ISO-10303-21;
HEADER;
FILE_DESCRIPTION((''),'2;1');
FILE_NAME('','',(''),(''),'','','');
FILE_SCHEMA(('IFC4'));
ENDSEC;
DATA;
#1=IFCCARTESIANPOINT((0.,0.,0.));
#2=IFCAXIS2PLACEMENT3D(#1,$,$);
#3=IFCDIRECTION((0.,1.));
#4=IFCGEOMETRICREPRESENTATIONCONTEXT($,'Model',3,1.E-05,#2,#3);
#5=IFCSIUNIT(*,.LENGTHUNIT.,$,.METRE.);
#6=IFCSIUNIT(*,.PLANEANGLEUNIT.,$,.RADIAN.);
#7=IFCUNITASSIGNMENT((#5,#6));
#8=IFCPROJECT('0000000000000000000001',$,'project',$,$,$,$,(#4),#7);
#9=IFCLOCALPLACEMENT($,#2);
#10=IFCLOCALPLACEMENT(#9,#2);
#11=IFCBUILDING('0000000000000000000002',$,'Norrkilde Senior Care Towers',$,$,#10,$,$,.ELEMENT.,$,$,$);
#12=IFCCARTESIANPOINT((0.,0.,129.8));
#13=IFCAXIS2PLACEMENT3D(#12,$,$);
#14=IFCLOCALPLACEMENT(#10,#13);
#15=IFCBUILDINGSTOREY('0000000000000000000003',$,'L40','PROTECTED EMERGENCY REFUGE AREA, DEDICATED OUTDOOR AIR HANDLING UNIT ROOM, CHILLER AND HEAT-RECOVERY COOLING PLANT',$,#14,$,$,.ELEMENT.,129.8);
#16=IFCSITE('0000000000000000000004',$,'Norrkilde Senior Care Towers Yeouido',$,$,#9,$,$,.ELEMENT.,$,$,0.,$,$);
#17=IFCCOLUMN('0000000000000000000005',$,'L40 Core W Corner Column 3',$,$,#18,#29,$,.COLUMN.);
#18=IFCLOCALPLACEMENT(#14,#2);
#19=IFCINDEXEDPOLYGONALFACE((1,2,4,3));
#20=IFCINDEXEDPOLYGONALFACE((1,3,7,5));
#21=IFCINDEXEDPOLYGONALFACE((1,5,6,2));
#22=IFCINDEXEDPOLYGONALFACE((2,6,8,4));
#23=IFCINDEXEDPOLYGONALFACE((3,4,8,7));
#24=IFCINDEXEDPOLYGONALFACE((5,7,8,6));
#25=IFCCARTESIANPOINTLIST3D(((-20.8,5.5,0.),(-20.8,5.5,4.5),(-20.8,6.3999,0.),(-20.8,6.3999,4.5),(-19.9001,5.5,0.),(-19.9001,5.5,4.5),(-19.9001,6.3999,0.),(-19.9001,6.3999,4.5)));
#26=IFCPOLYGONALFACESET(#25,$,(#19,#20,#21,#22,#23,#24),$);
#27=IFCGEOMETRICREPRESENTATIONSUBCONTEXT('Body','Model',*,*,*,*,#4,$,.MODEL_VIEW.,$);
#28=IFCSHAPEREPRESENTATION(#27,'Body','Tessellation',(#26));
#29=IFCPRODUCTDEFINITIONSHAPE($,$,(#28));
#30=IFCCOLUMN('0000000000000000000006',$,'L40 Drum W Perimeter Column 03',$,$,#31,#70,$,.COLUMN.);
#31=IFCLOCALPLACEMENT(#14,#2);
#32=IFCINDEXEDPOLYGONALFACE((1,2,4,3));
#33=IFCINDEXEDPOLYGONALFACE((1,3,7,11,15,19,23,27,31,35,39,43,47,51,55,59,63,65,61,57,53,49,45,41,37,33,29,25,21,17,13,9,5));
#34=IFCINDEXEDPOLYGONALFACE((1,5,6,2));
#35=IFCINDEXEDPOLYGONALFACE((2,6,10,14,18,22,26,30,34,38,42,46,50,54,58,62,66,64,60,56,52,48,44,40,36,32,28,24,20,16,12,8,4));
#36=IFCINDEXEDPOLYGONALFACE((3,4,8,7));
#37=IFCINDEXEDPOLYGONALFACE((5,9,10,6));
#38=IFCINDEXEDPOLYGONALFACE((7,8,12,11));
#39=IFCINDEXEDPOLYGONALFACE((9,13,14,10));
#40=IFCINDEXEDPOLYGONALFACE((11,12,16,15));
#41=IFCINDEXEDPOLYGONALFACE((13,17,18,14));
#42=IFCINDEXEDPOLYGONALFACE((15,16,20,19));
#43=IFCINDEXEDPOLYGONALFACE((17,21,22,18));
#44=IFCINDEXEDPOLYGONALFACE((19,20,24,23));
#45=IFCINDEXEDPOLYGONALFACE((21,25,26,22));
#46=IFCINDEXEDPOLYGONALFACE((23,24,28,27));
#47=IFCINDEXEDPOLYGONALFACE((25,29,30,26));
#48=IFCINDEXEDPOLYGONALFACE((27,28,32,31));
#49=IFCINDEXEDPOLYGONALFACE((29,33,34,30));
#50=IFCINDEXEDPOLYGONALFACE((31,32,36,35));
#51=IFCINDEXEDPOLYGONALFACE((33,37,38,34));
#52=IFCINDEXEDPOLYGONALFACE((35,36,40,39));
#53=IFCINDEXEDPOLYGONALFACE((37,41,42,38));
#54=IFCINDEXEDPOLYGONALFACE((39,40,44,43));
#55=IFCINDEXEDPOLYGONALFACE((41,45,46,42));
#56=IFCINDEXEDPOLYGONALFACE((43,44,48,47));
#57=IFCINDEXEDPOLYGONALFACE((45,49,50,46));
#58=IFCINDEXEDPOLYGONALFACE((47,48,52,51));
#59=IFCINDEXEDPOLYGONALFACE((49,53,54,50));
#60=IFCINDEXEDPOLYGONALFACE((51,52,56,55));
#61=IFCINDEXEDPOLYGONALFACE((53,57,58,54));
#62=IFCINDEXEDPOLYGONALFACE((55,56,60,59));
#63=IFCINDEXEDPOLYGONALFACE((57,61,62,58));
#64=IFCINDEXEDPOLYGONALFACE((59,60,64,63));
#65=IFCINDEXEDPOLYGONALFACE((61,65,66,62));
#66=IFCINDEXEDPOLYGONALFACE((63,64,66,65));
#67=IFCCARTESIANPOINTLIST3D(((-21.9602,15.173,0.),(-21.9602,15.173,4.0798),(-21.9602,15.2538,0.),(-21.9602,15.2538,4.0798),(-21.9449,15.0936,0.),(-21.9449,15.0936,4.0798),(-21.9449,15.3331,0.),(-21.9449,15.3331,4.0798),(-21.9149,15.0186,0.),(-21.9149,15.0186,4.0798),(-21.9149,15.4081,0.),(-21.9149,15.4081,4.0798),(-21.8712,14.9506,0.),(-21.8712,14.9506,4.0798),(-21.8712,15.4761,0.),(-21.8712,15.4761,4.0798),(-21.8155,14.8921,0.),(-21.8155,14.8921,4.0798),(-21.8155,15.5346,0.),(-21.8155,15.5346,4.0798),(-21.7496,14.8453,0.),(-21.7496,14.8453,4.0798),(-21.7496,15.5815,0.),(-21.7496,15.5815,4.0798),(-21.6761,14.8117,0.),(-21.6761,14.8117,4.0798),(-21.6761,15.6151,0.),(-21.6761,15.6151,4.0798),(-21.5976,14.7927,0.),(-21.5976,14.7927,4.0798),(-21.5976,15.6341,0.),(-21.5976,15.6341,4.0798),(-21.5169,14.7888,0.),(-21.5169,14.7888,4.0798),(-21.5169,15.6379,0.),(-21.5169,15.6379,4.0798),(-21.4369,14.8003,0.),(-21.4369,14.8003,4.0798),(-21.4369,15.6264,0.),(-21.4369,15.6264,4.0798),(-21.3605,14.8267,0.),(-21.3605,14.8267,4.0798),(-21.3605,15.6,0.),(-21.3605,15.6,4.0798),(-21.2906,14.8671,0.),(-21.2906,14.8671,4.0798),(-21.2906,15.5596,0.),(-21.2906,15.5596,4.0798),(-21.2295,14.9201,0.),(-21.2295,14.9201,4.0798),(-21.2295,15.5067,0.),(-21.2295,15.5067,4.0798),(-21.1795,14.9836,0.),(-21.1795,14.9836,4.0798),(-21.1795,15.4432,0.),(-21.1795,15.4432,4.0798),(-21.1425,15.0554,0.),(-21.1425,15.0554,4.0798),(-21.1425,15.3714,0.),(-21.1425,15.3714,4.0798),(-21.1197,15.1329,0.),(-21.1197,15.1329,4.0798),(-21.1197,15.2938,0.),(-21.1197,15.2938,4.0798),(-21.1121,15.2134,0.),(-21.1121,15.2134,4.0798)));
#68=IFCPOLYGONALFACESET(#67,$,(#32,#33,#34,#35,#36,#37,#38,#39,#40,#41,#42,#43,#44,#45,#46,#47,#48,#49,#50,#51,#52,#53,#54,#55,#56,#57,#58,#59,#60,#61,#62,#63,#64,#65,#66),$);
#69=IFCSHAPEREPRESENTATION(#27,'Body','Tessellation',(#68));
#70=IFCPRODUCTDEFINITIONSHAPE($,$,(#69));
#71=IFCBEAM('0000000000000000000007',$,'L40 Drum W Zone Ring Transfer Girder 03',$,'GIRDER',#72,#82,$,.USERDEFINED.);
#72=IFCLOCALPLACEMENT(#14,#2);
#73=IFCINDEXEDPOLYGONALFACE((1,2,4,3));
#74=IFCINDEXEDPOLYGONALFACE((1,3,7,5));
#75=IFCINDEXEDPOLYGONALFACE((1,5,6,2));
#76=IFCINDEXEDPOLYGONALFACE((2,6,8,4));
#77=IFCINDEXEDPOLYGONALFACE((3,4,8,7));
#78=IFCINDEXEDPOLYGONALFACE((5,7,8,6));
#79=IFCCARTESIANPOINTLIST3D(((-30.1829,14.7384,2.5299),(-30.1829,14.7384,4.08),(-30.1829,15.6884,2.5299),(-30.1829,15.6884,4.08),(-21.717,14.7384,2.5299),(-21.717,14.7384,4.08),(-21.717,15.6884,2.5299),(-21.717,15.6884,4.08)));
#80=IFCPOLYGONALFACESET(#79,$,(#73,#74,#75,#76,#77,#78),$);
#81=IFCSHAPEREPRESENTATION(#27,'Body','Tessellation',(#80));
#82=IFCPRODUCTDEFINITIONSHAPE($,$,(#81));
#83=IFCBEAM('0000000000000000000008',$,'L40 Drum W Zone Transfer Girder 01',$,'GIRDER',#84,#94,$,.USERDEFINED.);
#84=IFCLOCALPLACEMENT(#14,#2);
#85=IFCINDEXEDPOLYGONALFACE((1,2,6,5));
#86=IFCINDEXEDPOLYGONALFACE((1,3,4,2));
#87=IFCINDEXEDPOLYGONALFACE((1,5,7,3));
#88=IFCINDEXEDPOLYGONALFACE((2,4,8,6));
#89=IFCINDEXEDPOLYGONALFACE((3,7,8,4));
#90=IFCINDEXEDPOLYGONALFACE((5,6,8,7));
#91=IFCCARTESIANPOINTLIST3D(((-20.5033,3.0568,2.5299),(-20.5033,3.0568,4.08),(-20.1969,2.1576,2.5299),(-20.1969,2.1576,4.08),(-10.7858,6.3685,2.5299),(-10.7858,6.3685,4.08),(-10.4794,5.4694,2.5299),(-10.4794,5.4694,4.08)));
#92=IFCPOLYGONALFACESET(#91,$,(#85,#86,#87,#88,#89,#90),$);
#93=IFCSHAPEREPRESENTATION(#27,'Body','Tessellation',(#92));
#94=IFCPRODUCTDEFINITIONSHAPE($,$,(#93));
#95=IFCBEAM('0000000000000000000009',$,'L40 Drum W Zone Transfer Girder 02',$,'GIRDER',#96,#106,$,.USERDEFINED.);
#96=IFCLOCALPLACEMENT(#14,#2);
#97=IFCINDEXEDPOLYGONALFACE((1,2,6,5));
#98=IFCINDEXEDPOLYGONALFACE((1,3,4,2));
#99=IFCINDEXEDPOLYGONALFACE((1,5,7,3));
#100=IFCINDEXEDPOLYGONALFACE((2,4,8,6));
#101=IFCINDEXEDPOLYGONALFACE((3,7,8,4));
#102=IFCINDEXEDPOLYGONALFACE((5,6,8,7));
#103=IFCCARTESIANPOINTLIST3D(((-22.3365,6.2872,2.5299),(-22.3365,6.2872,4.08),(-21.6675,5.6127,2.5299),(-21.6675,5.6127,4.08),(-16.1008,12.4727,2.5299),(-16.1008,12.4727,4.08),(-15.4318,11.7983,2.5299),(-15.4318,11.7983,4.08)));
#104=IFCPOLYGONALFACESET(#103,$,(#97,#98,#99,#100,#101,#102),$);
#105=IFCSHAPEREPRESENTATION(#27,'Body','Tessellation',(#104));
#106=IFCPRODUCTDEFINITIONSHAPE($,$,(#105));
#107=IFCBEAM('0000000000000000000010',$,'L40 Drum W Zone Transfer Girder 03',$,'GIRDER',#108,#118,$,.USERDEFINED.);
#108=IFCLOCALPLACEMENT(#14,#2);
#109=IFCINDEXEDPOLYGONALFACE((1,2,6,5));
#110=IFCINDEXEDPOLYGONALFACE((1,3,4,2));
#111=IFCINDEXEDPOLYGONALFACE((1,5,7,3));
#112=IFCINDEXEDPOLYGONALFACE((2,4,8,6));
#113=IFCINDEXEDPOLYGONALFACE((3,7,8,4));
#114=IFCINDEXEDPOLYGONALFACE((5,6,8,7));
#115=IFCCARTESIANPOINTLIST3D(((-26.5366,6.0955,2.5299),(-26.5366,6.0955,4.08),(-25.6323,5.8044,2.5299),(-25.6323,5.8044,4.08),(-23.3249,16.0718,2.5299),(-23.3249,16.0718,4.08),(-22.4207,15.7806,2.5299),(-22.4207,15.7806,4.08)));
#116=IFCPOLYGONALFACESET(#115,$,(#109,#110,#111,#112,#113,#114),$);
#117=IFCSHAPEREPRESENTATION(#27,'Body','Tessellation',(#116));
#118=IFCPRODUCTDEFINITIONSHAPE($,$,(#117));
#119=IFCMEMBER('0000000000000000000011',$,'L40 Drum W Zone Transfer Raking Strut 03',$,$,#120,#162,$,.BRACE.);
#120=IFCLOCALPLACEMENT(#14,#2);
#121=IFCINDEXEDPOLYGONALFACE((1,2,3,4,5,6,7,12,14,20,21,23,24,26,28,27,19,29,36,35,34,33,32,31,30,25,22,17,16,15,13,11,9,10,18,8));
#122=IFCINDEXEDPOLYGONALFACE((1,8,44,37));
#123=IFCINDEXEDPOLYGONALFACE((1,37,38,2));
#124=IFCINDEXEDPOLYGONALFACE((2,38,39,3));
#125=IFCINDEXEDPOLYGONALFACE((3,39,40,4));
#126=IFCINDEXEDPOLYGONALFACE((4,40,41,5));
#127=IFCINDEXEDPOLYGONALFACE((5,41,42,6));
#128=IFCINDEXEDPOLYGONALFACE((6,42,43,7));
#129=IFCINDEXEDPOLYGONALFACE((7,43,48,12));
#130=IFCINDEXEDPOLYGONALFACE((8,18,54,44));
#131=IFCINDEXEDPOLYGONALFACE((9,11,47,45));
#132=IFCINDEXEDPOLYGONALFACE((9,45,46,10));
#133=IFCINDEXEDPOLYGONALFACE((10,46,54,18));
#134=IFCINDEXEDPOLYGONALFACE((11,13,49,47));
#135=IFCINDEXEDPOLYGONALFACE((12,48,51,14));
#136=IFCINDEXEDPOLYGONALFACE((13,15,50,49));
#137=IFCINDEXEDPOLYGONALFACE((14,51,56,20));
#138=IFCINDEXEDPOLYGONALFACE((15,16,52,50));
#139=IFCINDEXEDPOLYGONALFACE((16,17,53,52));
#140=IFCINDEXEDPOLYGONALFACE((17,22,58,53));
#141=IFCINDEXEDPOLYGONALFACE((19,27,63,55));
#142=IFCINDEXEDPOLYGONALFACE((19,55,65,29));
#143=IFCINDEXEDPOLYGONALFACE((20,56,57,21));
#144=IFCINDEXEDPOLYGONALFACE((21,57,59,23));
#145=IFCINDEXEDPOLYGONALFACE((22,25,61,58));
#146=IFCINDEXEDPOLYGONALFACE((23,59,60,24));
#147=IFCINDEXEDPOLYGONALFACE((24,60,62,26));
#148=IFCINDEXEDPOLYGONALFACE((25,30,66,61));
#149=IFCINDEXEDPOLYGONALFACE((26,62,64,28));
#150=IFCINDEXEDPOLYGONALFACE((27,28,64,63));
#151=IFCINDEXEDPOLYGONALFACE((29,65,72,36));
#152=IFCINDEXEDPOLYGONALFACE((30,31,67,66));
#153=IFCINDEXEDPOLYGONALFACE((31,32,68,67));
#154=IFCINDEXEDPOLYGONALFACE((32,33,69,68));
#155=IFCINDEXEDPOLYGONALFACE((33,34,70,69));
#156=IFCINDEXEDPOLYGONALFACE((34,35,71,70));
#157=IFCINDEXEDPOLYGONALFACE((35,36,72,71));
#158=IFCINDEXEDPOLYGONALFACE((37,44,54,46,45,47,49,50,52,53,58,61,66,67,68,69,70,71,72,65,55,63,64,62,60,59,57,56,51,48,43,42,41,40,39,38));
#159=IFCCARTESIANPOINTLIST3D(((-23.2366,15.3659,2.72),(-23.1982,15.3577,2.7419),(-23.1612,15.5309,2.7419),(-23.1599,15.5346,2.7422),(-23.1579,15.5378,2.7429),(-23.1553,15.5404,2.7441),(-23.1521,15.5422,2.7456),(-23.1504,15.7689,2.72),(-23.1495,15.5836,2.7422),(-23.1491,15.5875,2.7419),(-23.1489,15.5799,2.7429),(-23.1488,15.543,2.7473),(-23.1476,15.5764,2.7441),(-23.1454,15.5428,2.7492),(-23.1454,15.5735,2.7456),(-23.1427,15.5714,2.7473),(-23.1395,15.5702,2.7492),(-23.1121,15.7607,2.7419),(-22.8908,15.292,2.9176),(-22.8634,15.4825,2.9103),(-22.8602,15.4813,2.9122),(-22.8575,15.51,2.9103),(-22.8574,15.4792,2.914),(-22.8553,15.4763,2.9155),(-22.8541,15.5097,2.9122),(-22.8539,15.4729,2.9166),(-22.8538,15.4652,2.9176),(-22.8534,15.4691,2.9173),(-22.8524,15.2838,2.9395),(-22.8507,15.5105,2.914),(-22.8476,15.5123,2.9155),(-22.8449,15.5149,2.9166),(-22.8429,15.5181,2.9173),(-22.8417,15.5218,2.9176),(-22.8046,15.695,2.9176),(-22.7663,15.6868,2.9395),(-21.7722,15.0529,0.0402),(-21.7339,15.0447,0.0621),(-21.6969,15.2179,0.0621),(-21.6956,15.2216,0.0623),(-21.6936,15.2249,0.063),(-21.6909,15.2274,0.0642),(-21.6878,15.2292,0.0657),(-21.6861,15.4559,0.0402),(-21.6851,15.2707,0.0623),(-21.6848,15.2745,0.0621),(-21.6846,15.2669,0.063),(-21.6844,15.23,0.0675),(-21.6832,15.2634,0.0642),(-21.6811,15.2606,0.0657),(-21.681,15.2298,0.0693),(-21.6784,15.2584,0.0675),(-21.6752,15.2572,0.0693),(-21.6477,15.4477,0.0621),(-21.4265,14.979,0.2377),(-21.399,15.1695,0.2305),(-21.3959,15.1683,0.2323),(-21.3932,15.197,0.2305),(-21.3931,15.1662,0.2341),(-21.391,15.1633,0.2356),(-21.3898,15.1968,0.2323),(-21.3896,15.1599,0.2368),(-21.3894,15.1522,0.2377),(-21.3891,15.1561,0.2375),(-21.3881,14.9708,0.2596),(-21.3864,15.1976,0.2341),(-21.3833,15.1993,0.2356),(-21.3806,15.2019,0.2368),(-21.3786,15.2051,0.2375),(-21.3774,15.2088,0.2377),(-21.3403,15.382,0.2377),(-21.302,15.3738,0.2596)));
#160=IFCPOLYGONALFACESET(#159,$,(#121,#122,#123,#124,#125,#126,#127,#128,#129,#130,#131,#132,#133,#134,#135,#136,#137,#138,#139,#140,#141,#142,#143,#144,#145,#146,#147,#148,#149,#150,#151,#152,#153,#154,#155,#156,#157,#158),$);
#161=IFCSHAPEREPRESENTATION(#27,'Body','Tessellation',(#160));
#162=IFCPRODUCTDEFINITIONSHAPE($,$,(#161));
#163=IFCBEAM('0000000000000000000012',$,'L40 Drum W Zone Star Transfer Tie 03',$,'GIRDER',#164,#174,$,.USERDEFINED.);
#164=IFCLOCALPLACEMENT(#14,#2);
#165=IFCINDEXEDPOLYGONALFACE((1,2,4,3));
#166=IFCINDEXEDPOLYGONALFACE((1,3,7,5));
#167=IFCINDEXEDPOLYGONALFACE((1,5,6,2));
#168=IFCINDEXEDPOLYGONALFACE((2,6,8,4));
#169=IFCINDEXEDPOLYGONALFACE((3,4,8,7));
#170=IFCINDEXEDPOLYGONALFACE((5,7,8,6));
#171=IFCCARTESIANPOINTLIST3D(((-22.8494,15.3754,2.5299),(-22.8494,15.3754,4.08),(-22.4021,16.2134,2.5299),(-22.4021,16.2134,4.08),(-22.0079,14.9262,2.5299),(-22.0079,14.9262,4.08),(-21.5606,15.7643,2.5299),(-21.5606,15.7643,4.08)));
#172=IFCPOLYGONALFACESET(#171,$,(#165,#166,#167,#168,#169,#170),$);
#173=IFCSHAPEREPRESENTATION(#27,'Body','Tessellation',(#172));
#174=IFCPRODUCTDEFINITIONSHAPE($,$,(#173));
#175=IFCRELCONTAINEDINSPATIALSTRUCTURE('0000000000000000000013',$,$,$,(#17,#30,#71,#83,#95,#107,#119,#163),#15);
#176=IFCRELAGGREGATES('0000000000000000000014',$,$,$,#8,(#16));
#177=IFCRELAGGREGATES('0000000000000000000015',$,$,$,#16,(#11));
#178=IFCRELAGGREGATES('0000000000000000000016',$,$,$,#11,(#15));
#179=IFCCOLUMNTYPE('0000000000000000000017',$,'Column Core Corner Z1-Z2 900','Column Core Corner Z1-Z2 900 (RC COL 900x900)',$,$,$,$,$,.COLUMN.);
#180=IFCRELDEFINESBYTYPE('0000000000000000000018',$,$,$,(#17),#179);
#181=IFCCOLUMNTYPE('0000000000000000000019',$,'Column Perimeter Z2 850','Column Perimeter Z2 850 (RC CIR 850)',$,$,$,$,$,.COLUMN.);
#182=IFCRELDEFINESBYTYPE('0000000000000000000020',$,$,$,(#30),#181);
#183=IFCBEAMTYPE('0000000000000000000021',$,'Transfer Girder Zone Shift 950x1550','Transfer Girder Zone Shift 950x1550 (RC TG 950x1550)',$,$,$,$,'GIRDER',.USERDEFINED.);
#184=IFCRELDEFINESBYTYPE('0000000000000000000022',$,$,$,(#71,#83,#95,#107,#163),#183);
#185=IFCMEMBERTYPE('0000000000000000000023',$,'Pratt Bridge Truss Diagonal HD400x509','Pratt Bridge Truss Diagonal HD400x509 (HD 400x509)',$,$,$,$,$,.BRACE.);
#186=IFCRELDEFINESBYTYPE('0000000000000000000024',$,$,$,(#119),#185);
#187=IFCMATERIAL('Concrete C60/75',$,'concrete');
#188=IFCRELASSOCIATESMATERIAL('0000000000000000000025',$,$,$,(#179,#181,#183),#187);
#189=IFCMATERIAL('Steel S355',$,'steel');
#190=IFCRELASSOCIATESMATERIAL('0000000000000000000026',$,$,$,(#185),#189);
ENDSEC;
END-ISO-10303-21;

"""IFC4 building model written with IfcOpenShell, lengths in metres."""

from ifc_helpers import new_model, si_unit, direction, frame, origin, origin_2d, place, context, subcontext, project, spatial, rectangle, circle, i_section, extrude, source, transform, mapped, material, material_profile, profile_set, type_object, type_shapes, element, save


model = new_model("IFC4")

# Units and contexts
model_context = context("Model", 3, precision=1e-05, world=origin(), true_north=direction((0.0, 1.0)))
body_context = subcontext(model_context, "Body", "Model", "MODEL_VIEW")
ifc_project = project(units=[si_unit("LENGTHUNIT", "METRE"), si_unit("PLANEANGLEUNIT", "RADIAN")], contexts=[model_context])

# Site, building, storey
site_placement = place(None, origin())
site = spatial("IfcSite", under=ifc_project, at=site_placement, Name="Norrkilde Senior Care Towers Yeouido", CompositionType="ELEMENT", RefElevation=0.0)
building_placement = place(site_placement, origin())
building = spatial("IfcBuilding", under=site, at=building_placement, Name="Norrkilde Senior Care Towers", CompositionType="ELEMENT")
storey_placement = place(building_placement, frame((0.0, 0.0, 129.8)))
storey = spatial("IfcBuildingStorey", under=building, at=storey_placement, Name="L40", Description="PROTECTED EMERGENCY REFUGE AREA, DEDICATED OUTDOOR AIR HANDLING UNIT ROOM, CHILLER AND HEAT-RECOVERY COOLING PLANT", CompositionType="ELEMENT", Elevation=129.8)

# Columns
ifc_material_1 = material(Name="Concrete C60/75", Category="concrete")
ifc_material_profile_1 = material_profile(ifc_material_1, rectangle(XDim=0.8999, YDim=0.8999, at=origin_2d()), Name="RC COL 900x900")
ifc_profile_set_1 = profile_set([ifc_material_profile_1], Name="Concrete C60/75")
column_type_1 = type_object("IfcColumnType", Name="Column Core Corner Z1-Z2 900", Description="Column Core Corner Z1-Z2 900 (RC COL 900x900)", PredefinedType="COLUMN", material=ifc_profile_set_1)
shared_shape_1 = source(origin(), body_context, "Body", "SweptSolid", [
    extrude(rectangle(XDim=0.8999, YDim=0.8999, at=origin_2d()), origin(), (0.0, 0.0, 1.0), 4.5),
])
type_shapes(column_type_1, [shared_shape_1])
column_1_placement = place(storey_placement, frame((-20.3501, 5.95, 0.0), z_axis=(0.0, 0.0, 1.0), x_axis=(1.0, 0.0, 0.0)))
element("IfcColumn", 1, at=column_1_placement, inside=storey, type_object=column_type_1, Name="L40 Core W Corner Column 3", PredefinedType="COLUMN", context=body_context, shape_type="MappedRepresentation", body=[
    mapped(shared_shape_1, transform((0.0, 0.0, 0.0), x_axis=(1.0, 0.0, 0.0), y_axis=(0.0, 1.0, 0.0), z_axis=(0.0, 0.0, 1.0), scale=1.0)),
])
ifc_material_profile_2 = material_profile(ifc_material_1, circle(Radius=0.425, at=origin_2d()), Name="RC CIR 850")
ifc_profile_set_2 = profile_set([ifc_material_profile_2], Name="Concrete C60/75")
column_type_2 = type_object("IfcColumnType", Name="Column Perimeter Z2 850", Description="Column Perimeter Z2 850 (RC CIR 850)", PredefinedType="COLUMN", material=ifc_profile_set_2)
shared_shape_2 = source(origin(), body_context, "Body", "SweptSolid", [
    extrude(circle(Radius=0.425, at=origin_2d()), origin(), (0.0, 0.0, 1.0), 4.0798),
])
type_shapes(column_type_2, [shared_shape_2])
column_2_placement = place(storey_placement, frame((-21.5371, 15.2134, 0.0), z_axis=(0.0, 0.0, 1.0), x_axis=(1.0, 0.0, 0.0)))
element("IfcColumn", 2, at=column_2_placement, inside=storey, type_object=column_type_2, Name="L40 Drum W Perimeter Column 03", PredefinedType="COLUMN", context=body_context, shape_type="MappedRepresentation", body=[
    mapped(shared_shape_2, transform((0.0, 0.0, 0.0), x_axis=(1.0, 0.0, 0.0), y_axis=(0.0, 1.0, 0.0), z_axis=(0.0, 0.0, 1.0), scale=1.0)),
])

# Beams
ifc_material_profile_3 = material_profile(ifc_material_1, rectangle(XDim=0.95, YDim=1.55, at=origin_2d()), Name="RC TG 950x1550")
ifc_profile_set_3 = profile_set([ifc_material_profile_3], Name="Concrete C60/75")
beam_type = type_object("IfcBeamType", Name="Transfer Girder Zone Shift 950x1550", Description="Transfer Girder Zone Shift 950x1550 (RC TG 950x1550)", ElementType="GIRDER", PredefinedType="USERDEFINED", material=ifc_profile_set_3)
shared_shape_3 = source(origin(), body_context, "Body", "SweptSolid", [
    extrude(rectangle(XDim=0.95, YDim=1.55, at=origin_2d()), origin(), (0.0, 0.0, 1.0), 8.4658),
])
beam_1_placement = place(storey_placement, frame((-21.717, 15.2134, 3.3049), z_axis=(-1.0, 0.0, 0.0), x_axis=(0.0, -1.0, 0.0)))
element("IfcBeam", 3, at=beam_1_placement, inside=storey, type_object=beam_type, Name="L40 Drum W Zone Ring Transfer Girder 03", ObjectType="GIRDER", PredefinedType="USERDEFINED", context=body_context, shape_type="MappedRepresentation", body=[
    mapped(shared_shape_3, transform((0.0, 0.0, 0.0), x_axis=(1.0, 0.0, 0.0), y_axis=(0.0, 1.0, 0.0), z_axis=(0.0, 0.0, 1.0), scale=1.0)),
])
shared_shape_4 = source(origin(), body_context, "Body", "SweptSolid", [
    extrude(rectangle(XDim=0.95, YDim=1.55, at=origin_2d()), origin(), (0.0, 0.0, 1.0), 10.2664),
])
beam_2_placement = place(storey_placement, frame((-20.3501, 2.6072, 3.3049), z_axis=(0.946541, 0.322584, 0.0), x_axis=(-0.322584, 0.946541, 0.0)))
element("IfcBeam", 4, at=beam_2_placement, inside=storey, type_object=beam_type, Name="L40 Drum W Zone Transfer Girder 01", ObjectType="GIRDER", PredefinedType="USERDEFINED", context=body_context, shape_type="MappedRepresentation", body=[
    mapped(shared_shape_4, transform((0.0, 0.0, 0.0), x_axis=(1.0, 0.0, 0.0), y_axis=(0.0, 1.0, 0.0), z_axis=(0.0, 0.0, 1.0), scale=1.0)),
])
shared_shape_5 = source(origin(), body_context, "Body", "SweptSolid", [
    extrude(rectangle(XDim=0.95, YDim=1.55, at=origin_2d()), origin(), (0.0, 0.0, 1.0), 8.7832),
])
beam_3_placement = place(storey_placement, frame((-22.002, 5.95, 3.3049), z_axis=(0.70995, 0.704252, 0.0), x_axis=(-0.704252, 0.70995, 0.0)))
element("IfcBeam", 5, at=beam_3_placement, inside=storey, type_object=beam_type, Name="L40 Drum W Zone Transfer Girder 02", ObjectType="GIRDER", PredefinedType="USERDEFINED", context=body_context, shape_type="MappedRepresentation", body=[
    mapped(shared_shape_5, transform((0.0, 0.0, 0.0), x_axis=(1.0, 0.0, 0.0), y_axis=(0.0, 1.0, 0.0), z_axis=(0.0, 0.0, 1.0), scale=1.0)),
])
shared_shape_6 = source(origin(), body_context, "Body", "SweptSolid", [
    extrude(rectangle(XDim=0.95, YDim=1.55, at=origin_2d()), origin(), (0.0, 0.0, 1.0), 10.4805),
])
beam_4_placement = place(storey_placement, frame((-26.0845, 5.95, 3.3049), z_axis=(0.306441, 0.95189, 0.0), x_axis=(-0.95189, 0.306441, 0.0)))
element("IfcBeam", 6, at=beam_4_placement, inside=storey, type_object=beam_type, Name="L40 Drum W Zone Transfer Girder 03", ObjectType="GIRDER", PredefinedType="USERDEFINED", context=body_context, shape_type="MappedRepresentation", body=[
    mapped(shared_shape_6, transform((0.0, 0.0, 0.0), x_axis=(1.0, 0.0, 0.0), y_axis=(0.0, 1.0, 0.0), z_axis=(0.0, 0.0, 1.0), scale=1.0)),
])

# Member
ifc_material_2 = material(Name="Steel S355", Category="steel")
ifc_material_profile_4 = material_profile(ifc_material_2, i_section(OverallWidth=0.4121, OverallDepth=0.45, WebThickness=0.0281, FlangeThickness=0.0449, FilletRadius=0.0149, at=origin_2d()), Name="HD 400x509")
ifc_profile_set_4 = profile_set([ifc_material_profile_4], Name="Steel S355")
member_type_1 = type_object("IfcMemberType", Name="Pratt Bridge Truss Diagonal HD400x509", Description="Pratt Bridge Truss Diagonal HD400x509 (HD 400x509)", PredefinedType="BRACE", material=ifc_profile_set_4)
shared_shape_7 = source(origin(), body_context, "Body", "SweptSolid", [
    extrude(i_section(OverallWidth=0.4121, OverallDepth=0.45, WebThickness=0.0281, FlangeThickness=0.0449, FilletRadius=0.0149, at=origin_2d()), origin(), (0.0, 0.0, 1.0), 3.0698),
])
type_shapes(member_type_1, [shared_shape_7])
member_1_placement = place(storey_placement, frame((-21.5371, 15.2134, 0.1499), z_axis=(-0.477003, 0.101954, 0.872968), x_axis=(-0.209017, -0.977912, 0.0)))
element("IfcMember", 7, at=member_1_placement, inside=storey, type_object=member_type_1, Name="L40 Drum W Zone Transfer Raking Strut 03", PredefinedType="BRACE", context=body_context, shape_type="MappedRepresentation", body=[
    mapped(shared_shape_7, transform((0.0, 0.0, 0.0), x_axis=(1.0, 0.0, 0.0), y_axis=(0.0, 1.0, 0.0), z_axis=(0.0, 0.0, 1.0), scale=1.0)),
])

# Beam
shared_shape_8 = source(origin(), body_context, "Body", "SweptSolid", [
    extrude(rectangle(XDim=0.95, YDim=1.55, at=origin_2d()), origin(), (0.0, 0.0, 1.0), 0.9539),
])
type_shapes(beam_type, [shared_shape_3, shared_shape_4, shared_shape_5, shared_shape_6, shared_shape_8])
beam_5_placement = place(storey_placement, frame((-22.6257, 15.7944, 3.3049), z_axis=(0.882183, -0.470907, 0.0), x_axis=(0.470907, 0.882183, 0.0)))
element("IfcBeam", 8, at=beam_5_placement, inside=storey, type_object=beam_type, Name="L40 Drum W Zone Star Transfer Tie 03", ObjectType="GIRDER", PredefinedType="USERDEFINED", context=body_context, shape_type="MappedRepresentation", body=[
    mapped(shared_shape_8, transform((0.0, 0.0, 0.0), x_axis=(1.0, 0.0, 0.0), y_axis=(0.0, 1.0, 0.0), z_axis=(0.0, 0.0, 1.0), scale=1.0)),
])

save(model, "model.ifc")
